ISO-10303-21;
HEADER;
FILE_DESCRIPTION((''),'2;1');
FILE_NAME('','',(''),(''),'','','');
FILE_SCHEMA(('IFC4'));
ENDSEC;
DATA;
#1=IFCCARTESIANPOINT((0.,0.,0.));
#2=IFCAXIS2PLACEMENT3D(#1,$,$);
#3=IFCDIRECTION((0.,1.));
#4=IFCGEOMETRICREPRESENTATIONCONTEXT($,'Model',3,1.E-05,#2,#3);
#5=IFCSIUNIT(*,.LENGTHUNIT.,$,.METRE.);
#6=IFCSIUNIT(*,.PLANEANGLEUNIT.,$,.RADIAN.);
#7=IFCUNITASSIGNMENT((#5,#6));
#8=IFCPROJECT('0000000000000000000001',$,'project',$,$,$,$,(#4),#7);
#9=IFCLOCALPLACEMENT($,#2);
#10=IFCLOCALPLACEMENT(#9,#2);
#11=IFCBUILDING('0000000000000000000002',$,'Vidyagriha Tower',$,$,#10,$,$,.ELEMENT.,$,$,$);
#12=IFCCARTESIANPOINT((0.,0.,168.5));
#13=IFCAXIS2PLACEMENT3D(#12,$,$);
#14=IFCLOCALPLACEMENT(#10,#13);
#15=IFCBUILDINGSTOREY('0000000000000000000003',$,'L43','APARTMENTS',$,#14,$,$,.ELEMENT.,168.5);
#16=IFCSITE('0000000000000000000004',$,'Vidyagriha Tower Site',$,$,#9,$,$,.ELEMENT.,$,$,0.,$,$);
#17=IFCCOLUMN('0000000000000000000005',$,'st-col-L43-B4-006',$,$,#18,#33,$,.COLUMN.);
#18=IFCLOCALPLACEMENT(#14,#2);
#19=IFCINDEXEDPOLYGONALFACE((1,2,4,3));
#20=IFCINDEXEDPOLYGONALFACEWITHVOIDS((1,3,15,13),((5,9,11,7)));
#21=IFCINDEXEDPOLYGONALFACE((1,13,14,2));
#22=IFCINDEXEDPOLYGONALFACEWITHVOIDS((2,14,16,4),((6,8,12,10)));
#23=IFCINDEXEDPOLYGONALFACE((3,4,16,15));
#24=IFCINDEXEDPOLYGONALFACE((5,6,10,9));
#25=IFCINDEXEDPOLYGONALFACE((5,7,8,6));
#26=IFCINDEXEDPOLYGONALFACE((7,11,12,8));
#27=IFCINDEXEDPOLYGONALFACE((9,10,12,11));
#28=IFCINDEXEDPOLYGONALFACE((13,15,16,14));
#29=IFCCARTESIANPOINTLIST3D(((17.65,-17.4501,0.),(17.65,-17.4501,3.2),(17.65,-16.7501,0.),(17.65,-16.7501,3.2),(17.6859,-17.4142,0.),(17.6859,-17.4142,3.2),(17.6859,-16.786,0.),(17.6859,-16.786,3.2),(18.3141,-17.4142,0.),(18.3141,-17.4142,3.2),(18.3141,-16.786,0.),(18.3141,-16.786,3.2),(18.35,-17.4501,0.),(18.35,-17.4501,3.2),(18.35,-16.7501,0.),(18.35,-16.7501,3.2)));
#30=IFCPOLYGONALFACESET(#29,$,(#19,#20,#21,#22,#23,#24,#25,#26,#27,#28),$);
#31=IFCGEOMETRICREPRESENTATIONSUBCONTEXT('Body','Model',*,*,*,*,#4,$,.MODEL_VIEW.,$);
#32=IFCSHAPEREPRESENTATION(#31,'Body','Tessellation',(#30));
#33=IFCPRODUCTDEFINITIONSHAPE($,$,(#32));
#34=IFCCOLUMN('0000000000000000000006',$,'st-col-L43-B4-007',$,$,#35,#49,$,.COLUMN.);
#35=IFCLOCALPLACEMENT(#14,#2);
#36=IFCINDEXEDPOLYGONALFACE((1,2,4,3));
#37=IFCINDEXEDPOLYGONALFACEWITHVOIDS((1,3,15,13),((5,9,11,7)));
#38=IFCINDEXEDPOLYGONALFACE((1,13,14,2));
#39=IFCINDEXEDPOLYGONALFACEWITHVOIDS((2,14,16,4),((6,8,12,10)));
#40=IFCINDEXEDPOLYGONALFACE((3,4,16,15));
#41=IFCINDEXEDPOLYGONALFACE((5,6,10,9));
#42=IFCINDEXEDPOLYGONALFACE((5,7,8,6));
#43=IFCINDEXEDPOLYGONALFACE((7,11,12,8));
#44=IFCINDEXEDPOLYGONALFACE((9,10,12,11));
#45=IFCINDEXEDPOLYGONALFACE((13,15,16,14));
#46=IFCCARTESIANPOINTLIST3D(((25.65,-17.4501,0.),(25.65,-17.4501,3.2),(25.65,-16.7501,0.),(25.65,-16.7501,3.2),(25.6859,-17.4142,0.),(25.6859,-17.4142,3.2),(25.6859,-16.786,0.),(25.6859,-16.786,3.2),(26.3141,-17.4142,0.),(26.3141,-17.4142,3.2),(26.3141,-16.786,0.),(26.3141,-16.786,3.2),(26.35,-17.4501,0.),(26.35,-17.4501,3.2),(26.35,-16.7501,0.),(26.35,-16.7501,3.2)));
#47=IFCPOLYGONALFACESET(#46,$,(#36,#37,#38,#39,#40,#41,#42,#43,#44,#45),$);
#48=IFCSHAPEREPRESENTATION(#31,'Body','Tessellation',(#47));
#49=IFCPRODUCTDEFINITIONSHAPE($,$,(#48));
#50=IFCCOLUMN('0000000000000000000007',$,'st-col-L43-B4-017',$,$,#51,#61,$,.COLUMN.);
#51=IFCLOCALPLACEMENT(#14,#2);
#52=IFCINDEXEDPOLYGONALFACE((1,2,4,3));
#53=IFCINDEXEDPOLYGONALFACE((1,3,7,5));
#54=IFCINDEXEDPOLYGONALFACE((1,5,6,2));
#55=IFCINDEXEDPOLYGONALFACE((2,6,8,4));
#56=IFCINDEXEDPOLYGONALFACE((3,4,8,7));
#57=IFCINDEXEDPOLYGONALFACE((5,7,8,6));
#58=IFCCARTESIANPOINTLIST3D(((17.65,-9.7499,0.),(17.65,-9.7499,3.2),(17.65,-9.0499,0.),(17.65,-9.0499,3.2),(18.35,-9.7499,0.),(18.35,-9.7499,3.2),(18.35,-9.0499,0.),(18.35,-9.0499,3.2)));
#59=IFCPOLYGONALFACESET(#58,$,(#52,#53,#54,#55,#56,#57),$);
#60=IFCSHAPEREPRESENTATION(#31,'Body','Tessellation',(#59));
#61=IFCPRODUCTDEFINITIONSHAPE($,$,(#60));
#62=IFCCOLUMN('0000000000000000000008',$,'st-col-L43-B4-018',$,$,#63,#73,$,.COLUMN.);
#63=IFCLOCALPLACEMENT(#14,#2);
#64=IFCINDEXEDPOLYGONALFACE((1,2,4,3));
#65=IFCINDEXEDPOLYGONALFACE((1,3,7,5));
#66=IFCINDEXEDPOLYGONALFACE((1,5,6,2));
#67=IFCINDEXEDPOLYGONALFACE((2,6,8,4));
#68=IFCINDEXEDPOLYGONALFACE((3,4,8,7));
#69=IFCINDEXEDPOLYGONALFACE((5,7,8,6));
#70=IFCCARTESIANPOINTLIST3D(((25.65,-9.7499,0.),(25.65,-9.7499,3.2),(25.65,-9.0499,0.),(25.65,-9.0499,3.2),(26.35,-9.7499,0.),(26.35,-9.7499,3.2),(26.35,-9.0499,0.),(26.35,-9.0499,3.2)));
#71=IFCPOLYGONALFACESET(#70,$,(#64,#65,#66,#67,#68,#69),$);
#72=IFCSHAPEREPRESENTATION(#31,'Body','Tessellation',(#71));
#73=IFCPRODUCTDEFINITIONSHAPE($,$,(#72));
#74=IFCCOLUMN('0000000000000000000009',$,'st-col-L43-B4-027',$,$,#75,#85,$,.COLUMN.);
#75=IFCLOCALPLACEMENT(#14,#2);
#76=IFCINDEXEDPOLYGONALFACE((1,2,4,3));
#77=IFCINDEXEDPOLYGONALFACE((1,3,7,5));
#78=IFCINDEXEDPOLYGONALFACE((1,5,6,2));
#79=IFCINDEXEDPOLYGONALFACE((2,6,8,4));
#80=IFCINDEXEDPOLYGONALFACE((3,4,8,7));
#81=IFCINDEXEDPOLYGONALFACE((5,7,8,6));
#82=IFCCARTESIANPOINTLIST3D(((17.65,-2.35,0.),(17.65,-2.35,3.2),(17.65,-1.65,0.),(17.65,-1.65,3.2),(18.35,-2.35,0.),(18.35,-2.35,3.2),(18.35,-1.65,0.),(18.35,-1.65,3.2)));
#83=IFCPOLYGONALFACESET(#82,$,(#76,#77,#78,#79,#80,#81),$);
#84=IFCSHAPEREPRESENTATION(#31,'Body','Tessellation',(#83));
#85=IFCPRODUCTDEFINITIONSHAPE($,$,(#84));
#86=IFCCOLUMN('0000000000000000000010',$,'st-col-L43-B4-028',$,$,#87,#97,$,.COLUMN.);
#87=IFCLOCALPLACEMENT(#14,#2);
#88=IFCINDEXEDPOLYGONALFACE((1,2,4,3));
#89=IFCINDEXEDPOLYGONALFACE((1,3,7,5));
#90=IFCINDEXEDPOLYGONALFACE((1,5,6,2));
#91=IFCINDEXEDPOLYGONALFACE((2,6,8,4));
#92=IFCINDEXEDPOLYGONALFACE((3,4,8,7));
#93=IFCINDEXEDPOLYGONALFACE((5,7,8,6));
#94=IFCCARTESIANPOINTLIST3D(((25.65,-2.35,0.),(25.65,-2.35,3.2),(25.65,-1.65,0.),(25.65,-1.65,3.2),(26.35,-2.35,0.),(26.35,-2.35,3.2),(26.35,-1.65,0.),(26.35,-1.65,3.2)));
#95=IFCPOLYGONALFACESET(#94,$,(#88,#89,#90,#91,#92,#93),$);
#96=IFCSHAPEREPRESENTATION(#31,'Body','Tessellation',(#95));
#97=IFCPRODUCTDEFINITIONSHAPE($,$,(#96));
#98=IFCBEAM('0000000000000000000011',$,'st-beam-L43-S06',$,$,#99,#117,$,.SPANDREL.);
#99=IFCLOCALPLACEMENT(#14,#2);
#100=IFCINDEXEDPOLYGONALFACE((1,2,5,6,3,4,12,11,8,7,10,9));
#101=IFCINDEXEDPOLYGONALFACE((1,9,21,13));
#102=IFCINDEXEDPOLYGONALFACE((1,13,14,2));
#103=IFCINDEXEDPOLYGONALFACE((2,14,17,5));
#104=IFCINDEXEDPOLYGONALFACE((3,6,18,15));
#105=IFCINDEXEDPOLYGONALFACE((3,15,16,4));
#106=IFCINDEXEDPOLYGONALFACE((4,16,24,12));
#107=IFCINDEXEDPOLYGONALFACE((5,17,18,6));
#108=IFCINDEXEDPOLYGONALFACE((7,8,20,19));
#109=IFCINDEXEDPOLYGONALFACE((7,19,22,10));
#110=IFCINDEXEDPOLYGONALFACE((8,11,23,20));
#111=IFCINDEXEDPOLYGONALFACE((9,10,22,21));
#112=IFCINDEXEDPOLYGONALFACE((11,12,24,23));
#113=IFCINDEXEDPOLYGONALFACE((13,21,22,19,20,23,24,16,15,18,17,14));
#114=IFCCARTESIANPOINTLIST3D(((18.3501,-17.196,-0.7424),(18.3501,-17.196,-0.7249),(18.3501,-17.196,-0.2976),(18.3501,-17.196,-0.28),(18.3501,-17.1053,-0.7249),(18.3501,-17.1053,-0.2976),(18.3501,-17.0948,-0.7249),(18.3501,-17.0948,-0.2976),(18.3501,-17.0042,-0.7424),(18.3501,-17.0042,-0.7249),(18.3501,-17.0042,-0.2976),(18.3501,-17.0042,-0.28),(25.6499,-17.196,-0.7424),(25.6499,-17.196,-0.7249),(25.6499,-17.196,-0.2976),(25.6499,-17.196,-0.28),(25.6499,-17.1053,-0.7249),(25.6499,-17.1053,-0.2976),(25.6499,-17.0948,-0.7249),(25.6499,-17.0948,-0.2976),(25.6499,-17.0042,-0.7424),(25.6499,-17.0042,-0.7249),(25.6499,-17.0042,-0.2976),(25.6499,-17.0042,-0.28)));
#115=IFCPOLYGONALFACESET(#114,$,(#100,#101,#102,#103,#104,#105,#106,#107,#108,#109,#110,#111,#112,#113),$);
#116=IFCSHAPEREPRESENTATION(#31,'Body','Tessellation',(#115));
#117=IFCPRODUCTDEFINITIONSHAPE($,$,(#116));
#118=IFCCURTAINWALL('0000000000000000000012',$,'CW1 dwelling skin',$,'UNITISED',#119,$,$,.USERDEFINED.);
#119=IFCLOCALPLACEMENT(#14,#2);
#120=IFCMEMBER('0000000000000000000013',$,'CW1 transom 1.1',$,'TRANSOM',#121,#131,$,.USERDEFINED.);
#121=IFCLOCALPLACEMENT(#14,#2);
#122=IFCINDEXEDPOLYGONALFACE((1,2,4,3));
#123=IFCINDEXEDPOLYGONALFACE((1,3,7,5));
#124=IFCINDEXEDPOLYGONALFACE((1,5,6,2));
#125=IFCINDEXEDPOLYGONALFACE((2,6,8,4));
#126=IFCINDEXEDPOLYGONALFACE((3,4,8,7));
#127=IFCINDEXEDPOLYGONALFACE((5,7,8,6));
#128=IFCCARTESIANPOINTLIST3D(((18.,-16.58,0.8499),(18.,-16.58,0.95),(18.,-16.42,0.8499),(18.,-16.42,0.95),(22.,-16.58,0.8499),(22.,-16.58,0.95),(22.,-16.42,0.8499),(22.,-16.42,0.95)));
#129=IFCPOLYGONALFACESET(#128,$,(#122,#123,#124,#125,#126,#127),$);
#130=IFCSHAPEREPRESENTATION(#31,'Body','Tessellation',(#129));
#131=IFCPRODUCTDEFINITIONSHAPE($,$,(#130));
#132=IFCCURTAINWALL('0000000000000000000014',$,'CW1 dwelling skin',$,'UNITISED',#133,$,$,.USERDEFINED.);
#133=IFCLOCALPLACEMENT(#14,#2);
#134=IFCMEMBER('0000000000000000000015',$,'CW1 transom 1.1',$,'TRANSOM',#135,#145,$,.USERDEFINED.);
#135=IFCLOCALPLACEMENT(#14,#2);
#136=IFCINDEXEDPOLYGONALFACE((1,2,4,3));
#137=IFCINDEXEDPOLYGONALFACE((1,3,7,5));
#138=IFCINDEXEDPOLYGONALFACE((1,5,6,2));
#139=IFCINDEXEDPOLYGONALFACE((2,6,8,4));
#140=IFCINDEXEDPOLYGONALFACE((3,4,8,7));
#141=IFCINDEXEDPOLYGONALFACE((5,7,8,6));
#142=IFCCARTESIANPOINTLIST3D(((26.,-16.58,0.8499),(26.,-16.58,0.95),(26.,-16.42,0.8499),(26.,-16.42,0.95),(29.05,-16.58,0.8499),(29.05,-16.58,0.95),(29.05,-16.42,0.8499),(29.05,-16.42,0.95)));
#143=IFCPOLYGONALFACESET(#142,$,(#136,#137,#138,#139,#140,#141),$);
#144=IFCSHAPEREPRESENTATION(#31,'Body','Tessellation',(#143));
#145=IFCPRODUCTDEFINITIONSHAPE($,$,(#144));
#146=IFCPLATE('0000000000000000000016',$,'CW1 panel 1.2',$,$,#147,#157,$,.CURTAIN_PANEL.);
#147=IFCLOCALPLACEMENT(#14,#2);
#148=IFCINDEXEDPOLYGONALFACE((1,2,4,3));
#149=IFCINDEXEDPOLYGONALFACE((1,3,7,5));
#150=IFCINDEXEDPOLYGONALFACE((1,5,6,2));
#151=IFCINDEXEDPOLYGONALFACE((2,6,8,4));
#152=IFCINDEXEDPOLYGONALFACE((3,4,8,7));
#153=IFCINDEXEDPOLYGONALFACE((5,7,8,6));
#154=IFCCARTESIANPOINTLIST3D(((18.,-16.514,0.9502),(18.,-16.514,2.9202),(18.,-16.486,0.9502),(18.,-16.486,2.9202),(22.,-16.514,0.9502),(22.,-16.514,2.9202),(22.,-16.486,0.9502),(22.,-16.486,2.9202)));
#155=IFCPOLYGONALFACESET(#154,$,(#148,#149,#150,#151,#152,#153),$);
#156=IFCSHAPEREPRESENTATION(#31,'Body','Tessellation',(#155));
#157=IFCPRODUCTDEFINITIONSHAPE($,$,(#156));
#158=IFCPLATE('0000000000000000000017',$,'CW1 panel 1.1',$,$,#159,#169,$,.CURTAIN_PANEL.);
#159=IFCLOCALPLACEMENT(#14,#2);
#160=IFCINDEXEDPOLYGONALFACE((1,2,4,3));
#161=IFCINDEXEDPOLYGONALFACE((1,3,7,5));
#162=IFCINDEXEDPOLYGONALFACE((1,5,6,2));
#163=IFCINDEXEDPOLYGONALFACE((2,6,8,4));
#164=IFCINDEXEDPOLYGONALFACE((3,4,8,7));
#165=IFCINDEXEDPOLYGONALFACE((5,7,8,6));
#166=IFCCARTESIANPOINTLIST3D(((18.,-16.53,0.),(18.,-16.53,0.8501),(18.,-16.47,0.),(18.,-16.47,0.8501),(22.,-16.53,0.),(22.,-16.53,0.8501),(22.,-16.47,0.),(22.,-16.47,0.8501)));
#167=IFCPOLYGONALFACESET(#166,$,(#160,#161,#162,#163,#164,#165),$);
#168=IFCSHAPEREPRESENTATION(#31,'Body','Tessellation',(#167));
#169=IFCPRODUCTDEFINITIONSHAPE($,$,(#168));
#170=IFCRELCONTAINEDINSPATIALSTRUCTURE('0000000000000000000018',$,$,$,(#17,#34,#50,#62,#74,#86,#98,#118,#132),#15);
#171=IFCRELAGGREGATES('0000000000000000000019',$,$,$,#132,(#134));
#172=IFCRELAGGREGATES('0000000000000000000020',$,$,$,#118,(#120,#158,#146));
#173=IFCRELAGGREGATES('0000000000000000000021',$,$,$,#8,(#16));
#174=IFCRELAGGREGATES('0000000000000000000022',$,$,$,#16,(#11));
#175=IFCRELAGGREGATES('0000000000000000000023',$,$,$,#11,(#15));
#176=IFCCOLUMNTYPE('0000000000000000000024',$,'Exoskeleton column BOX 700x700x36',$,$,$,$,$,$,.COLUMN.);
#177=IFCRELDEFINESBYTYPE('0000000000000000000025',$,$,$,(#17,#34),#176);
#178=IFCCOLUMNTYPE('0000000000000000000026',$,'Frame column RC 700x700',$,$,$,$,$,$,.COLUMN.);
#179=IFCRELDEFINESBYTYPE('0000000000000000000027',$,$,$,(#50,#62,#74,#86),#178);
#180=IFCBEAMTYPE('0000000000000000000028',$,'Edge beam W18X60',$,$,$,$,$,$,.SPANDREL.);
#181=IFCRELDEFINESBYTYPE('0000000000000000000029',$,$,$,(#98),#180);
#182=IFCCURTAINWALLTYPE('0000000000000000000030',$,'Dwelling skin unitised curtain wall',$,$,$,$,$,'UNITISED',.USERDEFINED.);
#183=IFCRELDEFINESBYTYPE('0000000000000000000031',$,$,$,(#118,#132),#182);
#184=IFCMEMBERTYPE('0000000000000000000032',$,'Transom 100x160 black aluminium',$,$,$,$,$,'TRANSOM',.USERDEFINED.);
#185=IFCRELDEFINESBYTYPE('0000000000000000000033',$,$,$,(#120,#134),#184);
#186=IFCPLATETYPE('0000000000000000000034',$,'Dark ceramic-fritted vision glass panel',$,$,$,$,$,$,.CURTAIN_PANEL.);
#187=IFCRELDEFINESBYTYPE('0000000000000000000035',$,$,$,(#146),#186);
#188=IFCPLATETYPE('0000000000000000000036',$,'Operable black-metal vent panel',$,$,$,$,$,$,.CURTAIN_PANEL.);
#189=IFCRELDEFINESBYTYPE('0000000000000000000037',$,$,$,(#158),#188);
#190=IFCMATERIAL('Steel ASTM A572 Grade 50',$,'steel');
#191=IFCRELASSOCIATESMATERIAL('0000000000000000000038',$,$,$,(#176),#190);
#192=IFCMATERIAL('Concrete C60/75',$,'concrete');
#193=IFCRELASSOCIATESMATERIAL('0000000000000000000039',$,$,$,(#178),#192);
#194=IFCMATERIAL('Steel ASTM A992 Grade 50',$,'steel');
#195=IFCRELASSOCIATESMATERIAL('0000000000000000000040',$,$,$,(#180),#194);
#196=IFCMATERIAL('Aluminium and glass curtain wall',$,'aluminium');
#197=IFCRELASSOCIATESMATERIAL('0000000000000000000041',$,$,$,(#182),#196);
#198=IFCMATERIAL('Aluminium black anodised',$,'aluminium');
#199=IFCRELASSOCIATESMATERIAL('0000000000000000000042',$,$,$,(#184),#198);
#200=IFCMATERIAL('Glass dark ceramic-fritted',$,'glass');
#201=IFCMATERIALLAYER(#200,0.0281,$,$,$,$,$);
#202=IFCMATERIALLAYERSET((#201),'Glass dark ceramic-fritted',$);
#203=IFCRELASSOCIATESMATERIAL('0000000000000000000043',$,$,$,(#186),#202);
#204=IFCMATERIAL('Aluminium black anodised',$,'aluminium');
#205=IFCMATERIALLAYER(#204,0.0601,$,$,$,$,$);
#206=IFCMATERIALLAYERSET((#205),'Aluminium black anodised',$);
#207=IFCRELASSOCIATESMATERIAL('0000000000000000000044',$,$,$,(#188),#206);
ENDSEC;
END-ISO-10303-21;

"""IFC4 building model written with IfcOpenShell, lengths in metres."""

from ifc_helpers import new_model, si_unit, direction, frame, origin, origin_2d, place, context, subcontext, project, spatial, rectangle, hollow_rectangle, i_section, extrude, material, layer, layer_set, material_profile, profile_set, type_object, element, aggregate, save


model = new_model("IFC4")

# Units and contexts
model_context = context("Model", 3, precision=1e-05, world=origin(), true_north=direction((0.0, 1.0)))
body_context = subcontext(model_context, "Body", "Model", "MODEL_VIEW")
ifc_project = project(units=[si_unit("LENGTHUNIT", "METRE"), si_unit("PLANEANGLEUNIT", "RADIAN")], contexts=[model_context])

# Site, building, storey
site_placement = place(None, origin())
site = spatial("IfcSite", under=ifc_project, at=site_placement, Name="Vidyagriha Tower Site", CompositionType="ELEMENT", RefElevation=0.0)
building_placement = place(site_placement, origin())
building = spatial("IfcBuilding", under=site, at=building_placement, Name="Vidyagriha Tower", CompositionType="ELEMENT")
storey_placement = place(building_placement, frame((0.0, 0.0, 168.5)))
storey = spatial("IfcBuildingStorey", under=building, at=storey_placement, Name="L43", Description="APARTMENTS", CompositionType="ELEMENT", Elevation=168.5)

# Columns
ifc_material_1 = material(Name="Steel ASTM A572 Grade 50", Category="steel")
ifc_material_profile_1 = material_profile(ifc_material_1, hollow_rectangle(XDim=0.7, YDim=0.7, WallThickness=0.0359, at=origin_2d()), Name="BOX 700x700x36")
ifc_profile_set_1 = profile_set([ifc_material_profile_1], Name="Steel ASTM A572 Grade 50")
column_type_1 = type_object("IfcColumnType", Name="Exoskeleton column BOX 700x700x36", PredefinedType="COLUMN", material=ifc_profile_set_1)
for number, where, name in (
    (1, (18.0, -17.1001, 0.0), "st-col-L43-B4-006"),
    (2, (26.0, -17.1001, 0.0), "st-col-L43-B4-007"),
):
    element("IfcColumn", number, at=place(storey_placement, frame(where)), inside=storey, type_object=column_type_1, Name=name, PredefinedType="COLUMN", context=body_context, shape_type="SweptSolid", body=[
        extrude(hollow_rectangle(XDim=0.7, YDim=0.7, WallThickness=0.0359, at=origin_2d()), origin(), (0.0, 0.0, 1.0), 3.2),
    ])
ifc_material_2 = material(Name="Concrete C60/75", Category="concrete")
ifc_material_profile_2 = material_profile(ifc_material_2, rectangle(XDim=0.7, YDim=0.7, at=origin_2d()), Name="RC 700x700")
ifc_profile_set_2 = profile_set([ifc_material_profile_2], Name="Concrete C60/75")
column_type_2 = type_object("IfcColumnType", Name="Frame column RC 700x700", PredefinedType="COLUMN", material=ifc_profile_set_2)
for number, where, name in (
    (3, (18.0, -9.3999, 0.0), "st-col-L43-B4-017"),
    (4, (26.0, -9.3999, 0.0), "st-col-L43-B4-018"),
    (5, (18.0, -2.0, 0.0), "st-col-L43-B4-027"),
    (6, (26.0, -2.0, 0.0), "st-col-L43-B4-028"),
):
    element("IfcColumn", number, at=place(storey_placement, frame(where)), inside=storey, type_object=column_type_2, Name=name, PredefinedType="COLUMN", context=body_context, shape_type="SweptSolid", body=[
        extrude(rectangle(XDim=0.7, YDim=0.7, at=origin_2d()), origin(), (0.0, 0.0, 1.0), 3.2),
    ])

# Beam
ifc_material_3 = material(Name="Steel ASTM A992 Grade 50", Category="steel")
ifc_material_profile_3 = material_profile(ifc_material_3, i_section(OverallWidth=0.1919, OverallDepth=0.4624, WebThickness=0.0105, FlangeThickness=0.0176, at=origin_2d()), Name="W18X60")
ifc_profile_set_3 = profile_set([ifc_material_profile_3], Name="Steel ASTM A992 Grade 50")
beam_type = type_object("IfcBeamType", Name="Edge beam W18X60", PredefinedType="SPANDREL", material=ifc_profile_set_3)
beam_placement = place(storey_placement, frame((18.3501, -17.1001, -0.5112), z_axis=(1.0, 0.0, 0.0), x_axis=(0.0, 1.0, 0.0)))
element("IfcBeam", 7, at=beam_placement, inside=storey, type_object=beam_type, Name="st-beam-L43-S06", PredefinedType="SPANDREL", context=body_context, shape_type="SweptSolid", body=[
    extrude(i_section(OverallWidth=0.1919, OverallDepth=0.4624, WebThickness=0.0105, FlangeThickness=0.0176, at=origin_2d()), origin(), (0.0, 0.0, 1.0), 7.2998),
])

# Curtain walls, members
ifc_material_4 = material(Name="Aluminium and glass curtain wall", Category="aluminium")
curtain_wall_type = type_object("IfcCurtainWallType", Name="Dwelling skin unitised curtain wall", ElementType="UNITISED", PredefinedType="USERDEFINED", material=ifc_material_4)
curtain_wall_1_placement = place(storey_placement, origin())
curtain_wall_1 = element("IfcCurtainWall", 8, at=curtain_wall_1_placement, inside=storey, type_object=curtain_wall_type, Name="CW1 dwelling skin", ObjectType="UNITISED", PredefinedType="USERDEFINED")
ifc_material_5 = material(Name="Aluminium black anodised", Category="aluminium")
ifc_material_profile_4 = material_profile(ifc_material_5, rectangle(XDim=0.1599, YDim=0.1001, at=origin_2d()), Name="Transom 100x160 black aluminium")
ifc_profile_set_4 = profile_set([ifc_material_profile_4], Name="Aluminium black anodised")
member_type = type_object("IfcMemberType", Name="Transom 100x160 black aluminium", ElementType="TRANSOM", PredefinedType="USERDEFINED", material=ifc_profile_set_4)
member_1_placement = place(storey_placement, frame((18.0, -16.5, 0.8999), z_axis=(1.0, 0.0, 0.0), x_axis=(0.0, 1.0, 0.0)))
member_1 = element("IfcMember", 9, at=member_1_placement, type_object=member_type, Name="CW1 transom 1.1", ObjectType="TRANSOM", PredefinedType="USERDEFINED", context=body_context, shape_type="SweptSolid", body=[
    extrude(rectangle(XDim=0.1599, YDim=0.1001, at=origin_2d()), origin(), (0.0, 0.0, 1.0), 4.0),
])
curtain_wall_2_placement = place(storey_placement, origin())
curtain_wall_2 = element("IfcCurtainWall", 10, at=curtain_wall_2_placement, inside=storey, type_object=curtain_wall_type, Name="CW1 dwelling skin", ObjectType="UNITISED", PredefinedType="USERDEFINED")
member_2_placement = place(storey_placement, frame((26.0, -16.5, 0.8999), z_axis=(1.0, 0.0, 0.0), x_axis=(0.0, 1.0, 0.0)))
member_2 = element("IfcMember", 11, at=member_2_placement, type_object=member_type, Name="CW1 transom 1.1", ObjectType="TRANSOM", PredefinedType="USERDEFINED", context=body_context, shape_type="SweptSolid", body=[
    extrude(rectangle(XDim=0.1599, YDim=0.1001, at=origin_2d()), origin(), (0.0, 0.0, 1.0), 3.05),
])
aggregate(curtain_wall_2, [member_2])

# Plates
ifc_material_6 = material(Name="Glass dark ceramic-fritted", Category="glass")
ifc_layer_1 = layer(ifc_material_6, 0.0281)
ifc_layer_set_1 = layer_set([ifc_layer_1], Name="Glass dark ceramic-fritted")
plate_type_1 = type_object("IfcPlateType", Name="Dark ceramic-fritted vision glass panel", PredefinedType="CURTAIN_PANEL", material=ifc_layer_set_1)
plate_1_placement = place(storey_placement, frame((20.0, -16.5, 0.9502)))
plate_1 = element("IfcPlate", 12, at=plate_1_placement, type_object=plate_type_1, Name="CW1 panel 1.2", PredefinedType="CURTAIN_PANEL", context=body_context, shape_type="SweptSolid", body=[
    extrude(rectangle(XDim=4.0, YDim=0.0281, at=origin_2d()), origin(), (0.0, 0.0, 1.0), 1.97),
])
ifc_material_7 = material(Name="Aluminium black anodised", Category="aluminium")
ifc_layer_2 = layer(ifc_material_7, 0.0601)
ifc_layer_set_2 = layer_set([ifc_layer_2], Name="Aluminium black anodised")
plate_type_2 = type_object("IfcPlateType", Name="Operable black-metal vent panel", PredefinedType="CURTAIN_PANEL", material=ifc_layer_set_2)
plate_2_placement = place(storey_placement, frame((20.0, -16.5, 0.0)))
plate_2 = element("IfcPlate", 13, at=plate_2_placement, type_object=plate_type_2, Name="CW1 panel 1.1", PredefinedType="CURTAIN_PANEL", context=body_context, shape_type="SweptSolid", body=[
    extrude(rectangle(XDim=4.0, YDim=0.0601, at=origin_2d()), origin(), (0.0, 0.0, 1.0), 0.8501),
])
aggregate(curtain_wall_1, [member_1, plate_2, plate_1])

save(model, "model.ifc")
